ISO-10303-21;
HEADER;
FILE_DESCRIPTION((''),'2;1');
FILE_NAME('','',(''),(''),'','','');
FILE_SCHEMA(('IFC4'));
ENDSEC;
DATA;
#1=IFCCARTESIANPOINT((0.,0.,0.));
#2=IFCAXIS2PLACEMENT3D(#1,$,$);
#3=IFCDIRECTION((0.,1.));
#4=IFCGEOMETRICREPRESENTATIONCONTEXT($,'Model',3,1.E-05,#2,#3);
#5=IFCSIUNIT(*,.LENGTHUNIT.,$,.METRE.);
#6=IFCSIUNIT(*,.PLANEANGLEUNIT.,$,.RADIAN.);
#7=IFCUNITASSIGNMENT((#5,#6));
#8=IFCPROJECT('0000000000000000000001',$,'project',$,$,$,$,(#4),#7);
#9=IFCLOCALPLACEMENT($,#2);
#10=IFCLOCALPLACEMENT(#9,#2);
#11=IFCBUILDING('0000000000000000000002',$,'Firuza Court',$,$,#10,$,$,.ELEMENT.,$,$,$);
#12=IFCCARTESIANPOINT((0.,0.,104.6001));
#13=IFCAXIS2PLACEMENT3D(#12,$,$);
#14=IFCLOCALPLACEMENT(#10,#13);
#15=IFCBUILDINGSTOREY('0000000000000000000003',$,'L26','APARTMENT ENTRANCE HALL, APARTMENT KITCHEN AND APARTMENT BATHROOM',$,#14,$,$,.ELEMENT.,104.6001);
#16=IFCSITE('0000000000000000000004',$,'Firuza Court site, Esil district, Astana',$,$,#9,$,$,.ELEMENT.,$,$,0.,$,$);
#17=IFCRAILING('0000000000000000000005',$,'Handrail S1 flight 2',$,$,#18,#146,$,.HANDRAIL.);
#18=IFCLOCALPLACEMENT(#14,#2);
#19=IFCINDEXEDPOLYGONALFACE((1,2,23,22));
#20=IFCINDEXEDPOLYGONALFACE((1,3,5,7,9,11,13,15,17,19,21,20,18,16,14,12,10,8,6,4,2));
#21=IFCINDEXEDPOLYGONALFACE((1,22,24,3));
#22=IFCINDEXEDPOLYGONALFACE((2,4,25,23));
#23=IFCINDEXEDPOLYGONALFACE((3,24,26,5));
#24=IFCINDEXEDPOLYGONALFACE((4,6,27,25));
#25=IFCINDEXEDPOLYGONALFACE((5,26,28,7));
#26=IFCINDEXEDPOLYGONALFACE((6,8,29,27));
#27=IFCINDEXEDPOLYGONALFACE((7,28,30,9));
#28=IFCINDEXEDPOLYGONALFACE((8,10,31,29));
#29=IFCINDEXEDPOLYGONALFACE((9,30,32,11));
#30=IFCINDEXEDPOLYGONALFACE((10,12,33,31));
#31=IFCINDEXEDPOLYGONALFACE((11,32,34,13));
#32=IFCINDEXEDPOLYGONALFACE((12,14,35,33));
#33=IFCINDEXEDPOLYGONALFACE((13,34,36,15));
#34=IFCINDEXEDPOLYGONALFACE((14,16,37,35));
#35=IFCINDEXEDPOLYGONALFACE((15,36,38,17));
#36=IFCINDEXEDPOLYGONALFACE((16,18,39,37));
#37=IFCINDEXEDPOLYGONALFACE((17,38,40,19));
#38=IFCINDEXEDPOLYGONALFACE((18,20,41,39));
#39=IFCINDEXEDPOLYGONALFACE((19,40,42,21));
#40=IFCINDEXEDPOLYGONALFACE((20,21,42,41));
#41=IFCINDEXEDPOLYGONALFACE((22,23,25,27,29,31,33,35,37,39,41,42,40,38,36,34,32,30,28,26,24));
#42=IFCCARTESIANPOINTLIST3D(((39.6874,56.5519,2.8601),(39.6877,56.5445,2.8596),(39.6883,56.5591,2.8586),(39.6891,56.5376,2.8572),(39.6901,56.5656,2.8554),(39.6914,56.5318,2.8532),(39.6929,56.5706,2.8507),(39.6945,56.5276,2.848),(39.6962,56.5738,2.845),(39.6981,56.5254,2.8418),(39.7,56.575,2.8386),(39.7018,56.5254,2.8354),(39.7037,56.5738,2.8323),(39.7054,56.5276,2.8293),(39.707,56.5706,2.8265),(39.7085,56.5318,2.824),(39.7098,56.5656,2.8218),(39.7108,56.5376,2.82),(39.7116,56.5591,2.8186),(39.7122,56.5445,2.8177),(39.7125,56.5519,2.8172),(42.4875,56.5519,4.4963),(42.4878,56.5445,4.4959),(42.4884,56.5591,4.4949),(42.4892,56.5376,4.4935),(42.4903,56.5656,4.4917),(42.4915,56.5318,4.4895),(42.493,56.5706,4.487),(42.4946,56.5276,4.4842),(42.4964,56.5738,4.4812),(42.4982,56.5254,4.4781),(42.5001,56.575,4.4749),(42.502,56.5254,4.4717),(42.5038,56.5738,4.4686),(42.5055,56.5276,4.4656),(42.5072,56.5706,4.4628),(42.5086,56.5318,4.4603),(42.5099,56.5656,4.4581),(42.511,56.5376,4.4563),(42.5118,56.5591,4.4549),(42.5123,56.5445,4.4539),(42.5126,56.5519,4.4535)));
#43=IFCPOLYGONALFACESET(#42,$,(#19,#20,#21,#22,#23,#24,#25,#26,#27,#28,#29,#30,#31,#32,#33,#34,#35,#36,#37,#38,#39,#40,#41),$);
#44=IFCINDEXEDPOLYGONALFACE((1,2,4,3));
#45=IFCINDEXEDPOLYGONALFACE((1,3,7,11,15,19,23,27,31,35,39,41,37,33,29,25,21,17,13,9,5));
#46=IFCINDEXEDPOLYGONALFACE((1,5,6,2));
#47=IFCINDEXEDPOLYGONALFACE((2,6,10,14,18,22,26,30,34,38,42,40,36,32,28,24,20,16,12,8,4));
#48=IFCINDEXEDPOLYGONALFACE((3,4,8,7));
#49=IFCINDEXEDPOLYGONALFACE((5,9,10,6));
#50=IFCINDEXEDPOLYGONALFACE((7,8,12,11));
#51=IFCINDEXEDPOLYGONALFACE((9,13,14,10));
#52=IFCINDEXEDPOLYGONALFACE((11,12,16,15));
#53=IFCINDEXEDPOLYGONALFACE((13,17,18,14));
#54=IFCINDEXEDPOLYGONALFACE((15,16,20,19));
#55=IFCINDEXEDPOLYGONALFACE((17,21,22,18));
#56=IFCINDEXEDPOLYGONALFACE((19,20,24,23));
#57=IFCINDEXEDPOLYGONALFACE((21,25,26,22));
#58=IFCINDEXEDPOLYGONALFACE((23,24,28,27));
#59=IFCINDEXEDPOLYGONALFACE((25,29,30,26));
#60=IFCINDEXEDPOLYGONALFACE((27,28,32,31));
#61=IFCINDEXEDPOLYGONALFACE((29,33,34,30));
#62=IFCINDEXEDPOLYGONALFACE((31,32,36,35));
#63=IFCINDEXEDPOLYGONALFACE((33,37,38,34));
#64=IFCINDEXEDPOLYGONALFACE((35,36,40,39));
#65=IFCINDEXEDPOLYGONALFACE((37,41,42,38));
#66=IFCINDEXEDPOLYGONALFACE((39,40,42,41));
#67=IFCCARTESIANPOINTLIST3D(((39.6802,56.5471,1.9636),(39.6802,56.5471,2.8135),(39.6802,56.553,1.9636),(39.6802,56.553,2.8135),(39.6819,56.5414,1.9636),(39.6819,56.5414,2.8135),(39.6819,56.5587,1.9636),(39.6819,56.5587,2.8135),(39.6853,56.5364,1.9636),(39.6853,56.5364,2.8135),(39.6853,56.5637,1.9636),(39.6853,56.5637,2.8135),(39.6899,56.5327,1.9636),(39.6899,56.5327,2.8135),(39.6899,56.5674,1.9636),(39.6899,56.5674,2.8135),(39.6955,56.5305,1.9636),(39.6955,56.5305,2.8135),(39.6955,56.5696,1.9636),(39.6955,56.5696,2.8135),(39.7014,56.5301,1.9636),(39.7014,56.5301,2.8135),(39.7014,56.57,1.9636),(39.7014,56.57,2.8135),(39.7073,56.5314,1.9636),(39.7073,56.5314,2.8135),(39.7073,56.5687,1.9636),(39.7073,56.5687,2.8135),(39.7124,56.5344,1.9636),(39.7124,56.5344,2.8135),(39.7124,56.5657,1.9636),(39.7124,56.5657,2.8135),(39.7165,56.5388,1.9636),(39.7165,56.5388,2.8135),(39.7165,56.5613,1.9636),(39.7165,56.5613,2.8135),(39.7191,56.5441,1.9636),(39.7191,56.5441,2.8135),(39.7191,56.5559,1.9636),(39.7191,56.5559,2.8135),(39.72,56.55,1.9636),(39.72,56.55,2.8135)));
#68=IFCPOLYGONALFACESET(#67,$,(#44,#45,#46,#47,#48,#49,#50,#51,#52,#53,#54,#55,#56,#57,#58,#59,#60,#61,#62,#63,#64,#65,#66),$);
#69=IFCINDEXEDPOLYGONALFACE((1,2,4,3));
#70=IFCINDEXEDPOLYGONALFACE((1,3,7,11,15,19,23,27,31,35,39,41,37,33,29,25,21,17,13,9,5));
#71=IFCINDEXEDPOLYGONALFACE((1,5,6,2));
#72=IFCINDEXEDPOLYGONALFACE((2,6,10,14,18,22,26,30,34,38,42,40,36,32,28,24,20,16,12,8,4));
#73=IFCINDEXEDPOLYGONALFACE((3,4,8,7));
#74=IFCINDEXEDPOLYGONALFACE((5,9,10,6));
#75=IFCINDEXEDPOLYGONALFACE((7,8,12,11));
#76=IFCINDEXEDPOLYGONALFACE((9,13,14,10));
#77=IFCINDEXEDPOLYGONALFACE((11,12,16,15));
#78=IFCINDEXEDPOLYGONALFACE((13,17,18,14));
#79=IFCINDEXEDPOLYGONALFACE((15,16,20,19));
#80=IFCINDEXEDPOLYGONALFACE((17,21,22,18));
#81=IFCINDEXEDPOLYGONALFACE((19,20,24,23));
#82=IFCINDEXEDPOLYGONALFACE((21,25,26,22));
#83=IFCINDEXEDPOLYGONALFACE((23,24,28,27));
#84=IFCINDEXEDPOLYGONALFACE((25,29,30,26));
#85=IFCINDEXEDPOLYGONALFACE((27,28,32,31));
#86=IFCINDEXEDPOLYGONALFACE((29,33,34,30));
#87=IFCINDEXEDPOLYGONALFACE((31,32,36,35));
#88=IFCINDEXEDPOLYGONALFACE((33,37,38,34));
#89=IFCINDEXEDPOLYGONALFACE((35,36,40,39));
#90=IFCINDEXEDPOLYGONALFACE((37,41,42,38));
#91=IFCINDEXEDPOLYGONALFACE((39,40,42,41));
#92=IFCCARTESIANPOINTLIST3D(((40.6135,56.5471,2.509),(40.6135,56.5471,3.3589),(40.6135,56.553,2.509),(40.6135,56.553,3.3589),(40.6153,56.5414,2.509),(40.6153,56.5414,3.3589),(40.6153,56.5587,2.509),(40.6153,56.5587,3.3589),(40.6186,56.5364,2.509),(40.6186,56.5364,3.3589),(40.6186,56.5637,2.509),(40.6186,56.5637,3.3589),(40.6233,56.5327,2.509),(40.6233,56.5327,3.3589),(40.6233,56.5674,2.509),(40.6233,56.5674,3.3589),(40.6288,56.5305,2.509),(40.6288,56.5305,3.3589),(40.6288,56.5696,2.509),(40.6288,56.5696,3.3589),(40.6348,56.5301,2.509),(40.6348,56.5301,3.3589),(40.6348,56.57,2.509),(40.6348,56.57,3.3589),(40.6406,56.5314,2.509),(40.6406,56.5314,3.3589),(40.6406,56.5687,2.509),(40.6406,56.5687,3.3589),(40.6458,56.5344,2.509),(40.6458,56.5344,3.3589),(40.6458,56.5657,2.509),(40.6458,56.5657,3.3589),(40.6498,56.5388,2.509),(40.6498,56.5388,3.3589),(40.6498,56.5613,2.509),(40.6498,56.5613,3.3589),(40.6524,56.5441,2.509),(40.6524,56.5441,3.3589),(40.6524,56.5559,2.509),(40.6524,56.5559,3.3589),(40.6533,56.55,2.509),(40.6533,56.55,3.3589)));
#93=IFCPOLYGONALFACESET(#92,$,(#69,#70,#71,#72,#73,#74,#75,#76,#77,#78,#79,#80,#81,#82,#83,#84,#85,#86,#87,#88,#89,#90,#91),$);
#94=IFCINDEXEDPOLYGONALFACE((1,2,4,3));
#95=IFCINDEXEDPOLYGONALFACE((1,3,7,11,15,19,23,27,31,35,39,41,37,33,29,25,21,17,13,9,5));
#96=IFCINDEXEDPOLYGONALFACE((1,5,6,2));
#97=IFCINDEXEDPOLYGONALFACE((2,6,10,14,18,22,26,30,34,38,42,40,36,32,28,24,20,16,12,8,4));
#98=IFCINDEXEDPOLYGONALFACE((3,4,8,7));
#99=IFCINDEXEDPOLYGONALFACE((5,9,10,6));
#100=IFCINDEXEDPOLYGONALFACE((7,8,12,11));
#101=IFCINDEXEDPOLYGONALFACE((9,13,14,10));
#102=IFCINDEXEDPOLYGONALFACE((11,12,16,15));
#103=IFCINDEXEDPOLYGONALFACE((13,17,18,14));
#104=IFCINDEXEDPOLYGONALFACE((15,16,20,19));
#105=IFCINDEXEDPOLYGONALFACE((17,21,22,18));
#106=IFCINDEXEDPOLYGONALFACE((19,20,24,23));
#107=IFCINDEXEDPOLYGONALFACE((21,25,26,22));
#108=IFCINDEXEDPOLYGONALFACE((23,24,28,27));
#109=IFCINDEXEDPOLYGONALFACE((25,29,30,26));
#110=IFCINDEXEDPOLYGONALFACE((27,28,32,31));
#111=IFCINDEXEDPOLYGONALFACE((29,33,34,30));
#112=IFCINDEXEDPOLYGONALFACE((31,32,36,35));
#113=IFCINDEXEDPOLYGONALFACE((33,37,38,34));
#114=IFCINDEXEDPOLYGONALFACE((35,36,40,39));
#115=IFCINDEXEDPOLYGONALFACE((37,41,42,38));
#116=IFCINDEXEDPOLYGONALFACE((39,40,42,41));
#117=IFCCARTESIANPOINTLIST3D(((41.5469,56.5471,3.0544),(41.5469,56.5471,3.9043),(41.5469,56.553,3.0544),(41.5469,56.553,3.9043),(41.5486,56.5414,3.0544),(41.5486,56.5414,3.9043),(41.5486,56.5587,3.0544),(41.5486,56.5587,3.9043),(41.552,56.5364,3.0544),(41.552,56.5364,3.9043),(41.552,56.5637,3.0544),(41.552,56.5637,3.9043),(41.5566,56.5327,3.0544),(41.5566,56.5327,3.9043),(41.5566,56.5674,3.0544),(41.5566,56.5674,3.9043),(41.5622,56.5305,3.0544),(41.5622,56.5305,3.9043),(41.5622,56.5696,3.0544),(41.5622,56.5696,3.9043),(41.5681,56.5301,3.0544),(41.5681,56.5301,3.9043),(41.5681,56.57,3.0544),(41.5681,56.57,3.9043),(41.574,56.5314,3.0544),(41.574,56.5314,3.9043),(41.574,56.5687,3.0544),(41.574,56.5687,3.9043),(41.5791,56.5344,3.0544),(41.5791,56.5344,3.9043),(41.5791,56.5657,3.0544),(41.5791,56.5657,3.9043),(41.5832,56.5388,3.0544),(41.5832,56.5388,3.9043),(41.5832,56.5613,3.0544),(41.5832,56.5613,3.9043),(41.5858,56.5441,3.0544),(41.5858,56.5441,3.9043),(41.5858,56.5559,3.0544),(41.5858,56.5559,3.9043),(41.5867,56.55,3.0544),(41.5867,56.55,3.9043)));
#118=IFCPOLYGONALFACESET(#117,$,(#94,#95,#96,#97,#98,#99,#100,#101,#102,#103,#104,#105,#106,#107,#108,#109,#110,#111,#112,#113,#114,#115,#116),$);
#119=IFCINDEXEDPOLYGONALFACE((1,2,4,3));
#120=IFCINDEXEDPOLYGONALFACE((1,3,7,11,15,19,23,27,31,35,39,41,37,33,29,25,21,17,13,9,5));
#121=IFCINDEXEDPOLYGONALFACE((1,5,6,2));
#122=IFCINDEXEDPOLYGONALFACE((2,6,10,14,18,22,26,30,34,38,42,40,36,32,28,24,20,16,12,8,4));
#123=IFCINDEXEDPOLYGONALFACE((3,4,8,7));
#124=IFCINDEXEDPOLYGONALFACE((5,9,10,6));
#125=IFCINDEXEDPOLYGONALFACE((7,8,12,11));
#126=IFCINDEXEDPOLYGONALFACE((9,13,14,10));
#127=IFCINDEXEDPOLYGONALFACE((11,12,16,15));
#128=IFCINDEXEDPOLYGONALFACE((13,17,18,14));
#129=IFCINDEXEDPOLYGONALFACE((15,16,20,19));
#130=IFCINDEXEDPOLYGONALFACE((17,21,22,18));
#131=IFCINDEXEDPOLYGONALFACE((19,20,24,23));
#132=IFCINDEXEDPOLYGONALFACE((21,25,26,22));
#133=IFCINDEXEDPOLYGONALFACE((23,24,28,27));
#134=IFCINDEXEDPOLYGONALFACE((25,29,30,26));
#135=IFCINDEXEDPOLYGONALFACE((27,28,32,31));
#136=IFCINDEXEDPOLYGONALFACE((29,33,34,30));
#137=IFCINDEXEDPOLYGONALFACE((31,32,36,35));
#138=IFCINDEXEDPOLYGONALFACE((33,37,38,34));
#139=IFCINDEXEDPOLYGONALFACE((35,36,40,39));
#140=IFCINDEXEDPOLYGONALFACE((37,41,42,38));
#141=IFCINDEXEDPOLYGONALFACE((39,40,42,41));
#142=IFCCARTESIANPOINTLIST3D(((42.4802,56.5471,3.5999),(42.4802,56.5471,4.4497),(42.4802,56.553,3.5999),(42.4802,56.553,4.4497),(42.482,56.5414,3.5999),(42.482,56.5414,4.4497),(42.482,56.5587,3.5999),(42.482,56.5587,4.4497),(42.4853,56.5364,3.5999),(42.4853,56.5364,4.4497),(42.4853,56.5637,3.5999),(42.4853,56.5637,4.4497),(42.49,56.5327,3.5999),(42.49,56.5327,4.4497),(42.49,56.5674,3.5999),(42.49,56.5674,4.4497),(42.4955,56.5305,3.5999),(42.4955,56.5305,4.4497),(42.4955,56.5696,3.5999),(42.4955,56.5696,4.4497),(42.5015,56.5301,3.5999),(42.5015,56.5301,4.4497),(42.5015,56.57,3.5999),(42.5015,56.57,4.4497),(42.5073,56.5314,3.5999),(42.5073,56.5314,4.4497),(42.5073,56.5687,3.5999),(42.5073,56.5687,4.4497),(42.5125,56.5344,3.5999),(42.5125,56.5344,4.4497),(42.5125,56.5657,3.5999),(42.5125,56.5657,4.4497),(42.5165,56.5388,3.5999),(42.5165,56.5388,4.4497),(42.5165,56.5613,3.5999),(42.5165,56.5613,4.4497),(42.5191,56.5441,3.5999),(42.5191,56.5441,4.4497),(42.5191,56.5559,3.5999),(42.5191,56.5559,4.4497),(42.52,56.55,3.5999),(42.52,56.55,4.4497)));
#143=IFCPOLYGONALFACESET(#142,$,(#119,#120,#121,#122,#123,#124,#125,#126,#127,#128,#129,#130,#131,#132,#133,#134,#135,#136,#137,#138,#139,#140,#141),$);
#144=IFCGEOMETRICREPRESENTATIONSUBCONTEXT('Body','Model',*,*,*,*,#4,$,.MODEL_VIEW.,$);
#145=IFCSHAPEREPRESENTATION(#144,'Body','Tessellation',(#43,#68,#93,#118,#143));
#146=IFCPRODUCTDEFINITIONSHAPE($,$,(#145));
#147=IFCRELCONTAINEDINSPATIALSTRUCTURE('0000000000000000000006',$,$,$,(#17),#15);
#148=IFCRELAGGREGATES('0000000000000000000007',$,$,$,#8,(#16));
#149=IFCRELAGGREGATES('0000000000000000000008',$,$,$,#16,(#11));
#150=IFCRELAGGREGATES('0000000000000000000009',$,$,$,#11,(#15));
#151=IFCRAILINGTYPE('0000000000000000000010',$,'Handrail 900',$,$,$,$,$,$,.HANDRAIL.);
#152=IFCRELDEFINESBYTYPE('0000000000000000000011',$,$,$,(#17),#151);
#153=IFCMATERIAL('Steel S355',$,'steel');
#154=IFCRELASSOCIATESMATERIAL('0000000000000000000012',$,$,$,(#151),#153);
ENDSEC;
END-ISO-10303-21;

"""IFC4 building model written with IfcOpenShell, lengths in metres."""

from ifc_helpers import new_model, si_unit, direction, frame, origin, origin_2d, place, context, subcontext, project, spatial, circle, extrude, material, type_object, element, save


model = new_model("IFC4")

# Units and contexts
model_context = context("Model", 3, precision=1e-05, world=origin(), true_north=direction((0.0, 1.0)))
body_context = subcontext(model_context, "Body", "Model", "MODEL_VIEW")
ifc_project = project(units=[si_unit("LENGTHUNIT", "METRE"), si_unit("PLANEANGLEUNIT", "RADIAN")], contexts=[model_context])

# Site, building, storey
site_placement = place(None, origin())
site = spatial("IfcSite", under=ifc_project, at=site_placement, Name="Firuza Court site, Esil district, Astana", CompositionType="ELEMENT", RefElevation=0.0)
building_placement = place(site_placement, origin())
building = spatial("IfcBuilding", under=site, at=building_placement, Name="Firuza Court", CompositionType="ELEMENT")
storey_placement = place(building_placement, frame((0.0, 0.0, 104.6001)))
storey = spatial("IfcBuildingStorey", under=building, at=storey_placement, Name="L26", Description="APARTMENT ENTRANCE HALL, APARTMENT KITCHEN AND APARTMENT BATHROOM", CompositionType="ELEMENT", Elevation=104.6001)

# Railing
ifc_material_1 = material(Name="Steel S355", Category="steel")
railing_type_1 = type_object("IfcRailingType", Name="Handrail 900", PredefinedType="HANDRAIL", material=ifc_material_1)
railing_1_placement = place(storey_placement, frame((39.7, 56.55, 1.9636)))
element("IfcRailing", 1, at=railing_1_placement, inside=storey, type_object=railing_type_1, Name="Handrail S1 flight 2", PredefinedType="HANDRAIL", context=body_context, shape_type="SweptSolid", body=[
    extrude(circle(Radius=0.0249, at=origin_2d()), frame((0.0, 0.0, 0.875), z_axis=(0.863394, 0.0, 0.504531), x_axis=(0.0, 1.0, 0.0)), (0.0, 0.0, 1.0), 3.2432),
    extrude(circle(Radius=0.02, at=origin_2d()), origin(), (0.0, 0.0, 1.0), 0.8499),
    extrude(circle(Radius=0.02, at=origin_2d()), frame((0.9333, 0.0, 0.5454)), (0.0, 0.0, 1.0), 0.8499),
    extrude(circle(Radius=0.02, at=origin_2d()), frame((1.8667, 0.0, 1.0908)), (0.0, 0.0, 1.0), 0.8499),
    extrude(circle(Radius=0.02, at=origin_2d()), frame((2.8, 0.0, 1.6362)), (0.0, 0.0, 1.0), 0.8499),
])

save(model, "model.ifc")
